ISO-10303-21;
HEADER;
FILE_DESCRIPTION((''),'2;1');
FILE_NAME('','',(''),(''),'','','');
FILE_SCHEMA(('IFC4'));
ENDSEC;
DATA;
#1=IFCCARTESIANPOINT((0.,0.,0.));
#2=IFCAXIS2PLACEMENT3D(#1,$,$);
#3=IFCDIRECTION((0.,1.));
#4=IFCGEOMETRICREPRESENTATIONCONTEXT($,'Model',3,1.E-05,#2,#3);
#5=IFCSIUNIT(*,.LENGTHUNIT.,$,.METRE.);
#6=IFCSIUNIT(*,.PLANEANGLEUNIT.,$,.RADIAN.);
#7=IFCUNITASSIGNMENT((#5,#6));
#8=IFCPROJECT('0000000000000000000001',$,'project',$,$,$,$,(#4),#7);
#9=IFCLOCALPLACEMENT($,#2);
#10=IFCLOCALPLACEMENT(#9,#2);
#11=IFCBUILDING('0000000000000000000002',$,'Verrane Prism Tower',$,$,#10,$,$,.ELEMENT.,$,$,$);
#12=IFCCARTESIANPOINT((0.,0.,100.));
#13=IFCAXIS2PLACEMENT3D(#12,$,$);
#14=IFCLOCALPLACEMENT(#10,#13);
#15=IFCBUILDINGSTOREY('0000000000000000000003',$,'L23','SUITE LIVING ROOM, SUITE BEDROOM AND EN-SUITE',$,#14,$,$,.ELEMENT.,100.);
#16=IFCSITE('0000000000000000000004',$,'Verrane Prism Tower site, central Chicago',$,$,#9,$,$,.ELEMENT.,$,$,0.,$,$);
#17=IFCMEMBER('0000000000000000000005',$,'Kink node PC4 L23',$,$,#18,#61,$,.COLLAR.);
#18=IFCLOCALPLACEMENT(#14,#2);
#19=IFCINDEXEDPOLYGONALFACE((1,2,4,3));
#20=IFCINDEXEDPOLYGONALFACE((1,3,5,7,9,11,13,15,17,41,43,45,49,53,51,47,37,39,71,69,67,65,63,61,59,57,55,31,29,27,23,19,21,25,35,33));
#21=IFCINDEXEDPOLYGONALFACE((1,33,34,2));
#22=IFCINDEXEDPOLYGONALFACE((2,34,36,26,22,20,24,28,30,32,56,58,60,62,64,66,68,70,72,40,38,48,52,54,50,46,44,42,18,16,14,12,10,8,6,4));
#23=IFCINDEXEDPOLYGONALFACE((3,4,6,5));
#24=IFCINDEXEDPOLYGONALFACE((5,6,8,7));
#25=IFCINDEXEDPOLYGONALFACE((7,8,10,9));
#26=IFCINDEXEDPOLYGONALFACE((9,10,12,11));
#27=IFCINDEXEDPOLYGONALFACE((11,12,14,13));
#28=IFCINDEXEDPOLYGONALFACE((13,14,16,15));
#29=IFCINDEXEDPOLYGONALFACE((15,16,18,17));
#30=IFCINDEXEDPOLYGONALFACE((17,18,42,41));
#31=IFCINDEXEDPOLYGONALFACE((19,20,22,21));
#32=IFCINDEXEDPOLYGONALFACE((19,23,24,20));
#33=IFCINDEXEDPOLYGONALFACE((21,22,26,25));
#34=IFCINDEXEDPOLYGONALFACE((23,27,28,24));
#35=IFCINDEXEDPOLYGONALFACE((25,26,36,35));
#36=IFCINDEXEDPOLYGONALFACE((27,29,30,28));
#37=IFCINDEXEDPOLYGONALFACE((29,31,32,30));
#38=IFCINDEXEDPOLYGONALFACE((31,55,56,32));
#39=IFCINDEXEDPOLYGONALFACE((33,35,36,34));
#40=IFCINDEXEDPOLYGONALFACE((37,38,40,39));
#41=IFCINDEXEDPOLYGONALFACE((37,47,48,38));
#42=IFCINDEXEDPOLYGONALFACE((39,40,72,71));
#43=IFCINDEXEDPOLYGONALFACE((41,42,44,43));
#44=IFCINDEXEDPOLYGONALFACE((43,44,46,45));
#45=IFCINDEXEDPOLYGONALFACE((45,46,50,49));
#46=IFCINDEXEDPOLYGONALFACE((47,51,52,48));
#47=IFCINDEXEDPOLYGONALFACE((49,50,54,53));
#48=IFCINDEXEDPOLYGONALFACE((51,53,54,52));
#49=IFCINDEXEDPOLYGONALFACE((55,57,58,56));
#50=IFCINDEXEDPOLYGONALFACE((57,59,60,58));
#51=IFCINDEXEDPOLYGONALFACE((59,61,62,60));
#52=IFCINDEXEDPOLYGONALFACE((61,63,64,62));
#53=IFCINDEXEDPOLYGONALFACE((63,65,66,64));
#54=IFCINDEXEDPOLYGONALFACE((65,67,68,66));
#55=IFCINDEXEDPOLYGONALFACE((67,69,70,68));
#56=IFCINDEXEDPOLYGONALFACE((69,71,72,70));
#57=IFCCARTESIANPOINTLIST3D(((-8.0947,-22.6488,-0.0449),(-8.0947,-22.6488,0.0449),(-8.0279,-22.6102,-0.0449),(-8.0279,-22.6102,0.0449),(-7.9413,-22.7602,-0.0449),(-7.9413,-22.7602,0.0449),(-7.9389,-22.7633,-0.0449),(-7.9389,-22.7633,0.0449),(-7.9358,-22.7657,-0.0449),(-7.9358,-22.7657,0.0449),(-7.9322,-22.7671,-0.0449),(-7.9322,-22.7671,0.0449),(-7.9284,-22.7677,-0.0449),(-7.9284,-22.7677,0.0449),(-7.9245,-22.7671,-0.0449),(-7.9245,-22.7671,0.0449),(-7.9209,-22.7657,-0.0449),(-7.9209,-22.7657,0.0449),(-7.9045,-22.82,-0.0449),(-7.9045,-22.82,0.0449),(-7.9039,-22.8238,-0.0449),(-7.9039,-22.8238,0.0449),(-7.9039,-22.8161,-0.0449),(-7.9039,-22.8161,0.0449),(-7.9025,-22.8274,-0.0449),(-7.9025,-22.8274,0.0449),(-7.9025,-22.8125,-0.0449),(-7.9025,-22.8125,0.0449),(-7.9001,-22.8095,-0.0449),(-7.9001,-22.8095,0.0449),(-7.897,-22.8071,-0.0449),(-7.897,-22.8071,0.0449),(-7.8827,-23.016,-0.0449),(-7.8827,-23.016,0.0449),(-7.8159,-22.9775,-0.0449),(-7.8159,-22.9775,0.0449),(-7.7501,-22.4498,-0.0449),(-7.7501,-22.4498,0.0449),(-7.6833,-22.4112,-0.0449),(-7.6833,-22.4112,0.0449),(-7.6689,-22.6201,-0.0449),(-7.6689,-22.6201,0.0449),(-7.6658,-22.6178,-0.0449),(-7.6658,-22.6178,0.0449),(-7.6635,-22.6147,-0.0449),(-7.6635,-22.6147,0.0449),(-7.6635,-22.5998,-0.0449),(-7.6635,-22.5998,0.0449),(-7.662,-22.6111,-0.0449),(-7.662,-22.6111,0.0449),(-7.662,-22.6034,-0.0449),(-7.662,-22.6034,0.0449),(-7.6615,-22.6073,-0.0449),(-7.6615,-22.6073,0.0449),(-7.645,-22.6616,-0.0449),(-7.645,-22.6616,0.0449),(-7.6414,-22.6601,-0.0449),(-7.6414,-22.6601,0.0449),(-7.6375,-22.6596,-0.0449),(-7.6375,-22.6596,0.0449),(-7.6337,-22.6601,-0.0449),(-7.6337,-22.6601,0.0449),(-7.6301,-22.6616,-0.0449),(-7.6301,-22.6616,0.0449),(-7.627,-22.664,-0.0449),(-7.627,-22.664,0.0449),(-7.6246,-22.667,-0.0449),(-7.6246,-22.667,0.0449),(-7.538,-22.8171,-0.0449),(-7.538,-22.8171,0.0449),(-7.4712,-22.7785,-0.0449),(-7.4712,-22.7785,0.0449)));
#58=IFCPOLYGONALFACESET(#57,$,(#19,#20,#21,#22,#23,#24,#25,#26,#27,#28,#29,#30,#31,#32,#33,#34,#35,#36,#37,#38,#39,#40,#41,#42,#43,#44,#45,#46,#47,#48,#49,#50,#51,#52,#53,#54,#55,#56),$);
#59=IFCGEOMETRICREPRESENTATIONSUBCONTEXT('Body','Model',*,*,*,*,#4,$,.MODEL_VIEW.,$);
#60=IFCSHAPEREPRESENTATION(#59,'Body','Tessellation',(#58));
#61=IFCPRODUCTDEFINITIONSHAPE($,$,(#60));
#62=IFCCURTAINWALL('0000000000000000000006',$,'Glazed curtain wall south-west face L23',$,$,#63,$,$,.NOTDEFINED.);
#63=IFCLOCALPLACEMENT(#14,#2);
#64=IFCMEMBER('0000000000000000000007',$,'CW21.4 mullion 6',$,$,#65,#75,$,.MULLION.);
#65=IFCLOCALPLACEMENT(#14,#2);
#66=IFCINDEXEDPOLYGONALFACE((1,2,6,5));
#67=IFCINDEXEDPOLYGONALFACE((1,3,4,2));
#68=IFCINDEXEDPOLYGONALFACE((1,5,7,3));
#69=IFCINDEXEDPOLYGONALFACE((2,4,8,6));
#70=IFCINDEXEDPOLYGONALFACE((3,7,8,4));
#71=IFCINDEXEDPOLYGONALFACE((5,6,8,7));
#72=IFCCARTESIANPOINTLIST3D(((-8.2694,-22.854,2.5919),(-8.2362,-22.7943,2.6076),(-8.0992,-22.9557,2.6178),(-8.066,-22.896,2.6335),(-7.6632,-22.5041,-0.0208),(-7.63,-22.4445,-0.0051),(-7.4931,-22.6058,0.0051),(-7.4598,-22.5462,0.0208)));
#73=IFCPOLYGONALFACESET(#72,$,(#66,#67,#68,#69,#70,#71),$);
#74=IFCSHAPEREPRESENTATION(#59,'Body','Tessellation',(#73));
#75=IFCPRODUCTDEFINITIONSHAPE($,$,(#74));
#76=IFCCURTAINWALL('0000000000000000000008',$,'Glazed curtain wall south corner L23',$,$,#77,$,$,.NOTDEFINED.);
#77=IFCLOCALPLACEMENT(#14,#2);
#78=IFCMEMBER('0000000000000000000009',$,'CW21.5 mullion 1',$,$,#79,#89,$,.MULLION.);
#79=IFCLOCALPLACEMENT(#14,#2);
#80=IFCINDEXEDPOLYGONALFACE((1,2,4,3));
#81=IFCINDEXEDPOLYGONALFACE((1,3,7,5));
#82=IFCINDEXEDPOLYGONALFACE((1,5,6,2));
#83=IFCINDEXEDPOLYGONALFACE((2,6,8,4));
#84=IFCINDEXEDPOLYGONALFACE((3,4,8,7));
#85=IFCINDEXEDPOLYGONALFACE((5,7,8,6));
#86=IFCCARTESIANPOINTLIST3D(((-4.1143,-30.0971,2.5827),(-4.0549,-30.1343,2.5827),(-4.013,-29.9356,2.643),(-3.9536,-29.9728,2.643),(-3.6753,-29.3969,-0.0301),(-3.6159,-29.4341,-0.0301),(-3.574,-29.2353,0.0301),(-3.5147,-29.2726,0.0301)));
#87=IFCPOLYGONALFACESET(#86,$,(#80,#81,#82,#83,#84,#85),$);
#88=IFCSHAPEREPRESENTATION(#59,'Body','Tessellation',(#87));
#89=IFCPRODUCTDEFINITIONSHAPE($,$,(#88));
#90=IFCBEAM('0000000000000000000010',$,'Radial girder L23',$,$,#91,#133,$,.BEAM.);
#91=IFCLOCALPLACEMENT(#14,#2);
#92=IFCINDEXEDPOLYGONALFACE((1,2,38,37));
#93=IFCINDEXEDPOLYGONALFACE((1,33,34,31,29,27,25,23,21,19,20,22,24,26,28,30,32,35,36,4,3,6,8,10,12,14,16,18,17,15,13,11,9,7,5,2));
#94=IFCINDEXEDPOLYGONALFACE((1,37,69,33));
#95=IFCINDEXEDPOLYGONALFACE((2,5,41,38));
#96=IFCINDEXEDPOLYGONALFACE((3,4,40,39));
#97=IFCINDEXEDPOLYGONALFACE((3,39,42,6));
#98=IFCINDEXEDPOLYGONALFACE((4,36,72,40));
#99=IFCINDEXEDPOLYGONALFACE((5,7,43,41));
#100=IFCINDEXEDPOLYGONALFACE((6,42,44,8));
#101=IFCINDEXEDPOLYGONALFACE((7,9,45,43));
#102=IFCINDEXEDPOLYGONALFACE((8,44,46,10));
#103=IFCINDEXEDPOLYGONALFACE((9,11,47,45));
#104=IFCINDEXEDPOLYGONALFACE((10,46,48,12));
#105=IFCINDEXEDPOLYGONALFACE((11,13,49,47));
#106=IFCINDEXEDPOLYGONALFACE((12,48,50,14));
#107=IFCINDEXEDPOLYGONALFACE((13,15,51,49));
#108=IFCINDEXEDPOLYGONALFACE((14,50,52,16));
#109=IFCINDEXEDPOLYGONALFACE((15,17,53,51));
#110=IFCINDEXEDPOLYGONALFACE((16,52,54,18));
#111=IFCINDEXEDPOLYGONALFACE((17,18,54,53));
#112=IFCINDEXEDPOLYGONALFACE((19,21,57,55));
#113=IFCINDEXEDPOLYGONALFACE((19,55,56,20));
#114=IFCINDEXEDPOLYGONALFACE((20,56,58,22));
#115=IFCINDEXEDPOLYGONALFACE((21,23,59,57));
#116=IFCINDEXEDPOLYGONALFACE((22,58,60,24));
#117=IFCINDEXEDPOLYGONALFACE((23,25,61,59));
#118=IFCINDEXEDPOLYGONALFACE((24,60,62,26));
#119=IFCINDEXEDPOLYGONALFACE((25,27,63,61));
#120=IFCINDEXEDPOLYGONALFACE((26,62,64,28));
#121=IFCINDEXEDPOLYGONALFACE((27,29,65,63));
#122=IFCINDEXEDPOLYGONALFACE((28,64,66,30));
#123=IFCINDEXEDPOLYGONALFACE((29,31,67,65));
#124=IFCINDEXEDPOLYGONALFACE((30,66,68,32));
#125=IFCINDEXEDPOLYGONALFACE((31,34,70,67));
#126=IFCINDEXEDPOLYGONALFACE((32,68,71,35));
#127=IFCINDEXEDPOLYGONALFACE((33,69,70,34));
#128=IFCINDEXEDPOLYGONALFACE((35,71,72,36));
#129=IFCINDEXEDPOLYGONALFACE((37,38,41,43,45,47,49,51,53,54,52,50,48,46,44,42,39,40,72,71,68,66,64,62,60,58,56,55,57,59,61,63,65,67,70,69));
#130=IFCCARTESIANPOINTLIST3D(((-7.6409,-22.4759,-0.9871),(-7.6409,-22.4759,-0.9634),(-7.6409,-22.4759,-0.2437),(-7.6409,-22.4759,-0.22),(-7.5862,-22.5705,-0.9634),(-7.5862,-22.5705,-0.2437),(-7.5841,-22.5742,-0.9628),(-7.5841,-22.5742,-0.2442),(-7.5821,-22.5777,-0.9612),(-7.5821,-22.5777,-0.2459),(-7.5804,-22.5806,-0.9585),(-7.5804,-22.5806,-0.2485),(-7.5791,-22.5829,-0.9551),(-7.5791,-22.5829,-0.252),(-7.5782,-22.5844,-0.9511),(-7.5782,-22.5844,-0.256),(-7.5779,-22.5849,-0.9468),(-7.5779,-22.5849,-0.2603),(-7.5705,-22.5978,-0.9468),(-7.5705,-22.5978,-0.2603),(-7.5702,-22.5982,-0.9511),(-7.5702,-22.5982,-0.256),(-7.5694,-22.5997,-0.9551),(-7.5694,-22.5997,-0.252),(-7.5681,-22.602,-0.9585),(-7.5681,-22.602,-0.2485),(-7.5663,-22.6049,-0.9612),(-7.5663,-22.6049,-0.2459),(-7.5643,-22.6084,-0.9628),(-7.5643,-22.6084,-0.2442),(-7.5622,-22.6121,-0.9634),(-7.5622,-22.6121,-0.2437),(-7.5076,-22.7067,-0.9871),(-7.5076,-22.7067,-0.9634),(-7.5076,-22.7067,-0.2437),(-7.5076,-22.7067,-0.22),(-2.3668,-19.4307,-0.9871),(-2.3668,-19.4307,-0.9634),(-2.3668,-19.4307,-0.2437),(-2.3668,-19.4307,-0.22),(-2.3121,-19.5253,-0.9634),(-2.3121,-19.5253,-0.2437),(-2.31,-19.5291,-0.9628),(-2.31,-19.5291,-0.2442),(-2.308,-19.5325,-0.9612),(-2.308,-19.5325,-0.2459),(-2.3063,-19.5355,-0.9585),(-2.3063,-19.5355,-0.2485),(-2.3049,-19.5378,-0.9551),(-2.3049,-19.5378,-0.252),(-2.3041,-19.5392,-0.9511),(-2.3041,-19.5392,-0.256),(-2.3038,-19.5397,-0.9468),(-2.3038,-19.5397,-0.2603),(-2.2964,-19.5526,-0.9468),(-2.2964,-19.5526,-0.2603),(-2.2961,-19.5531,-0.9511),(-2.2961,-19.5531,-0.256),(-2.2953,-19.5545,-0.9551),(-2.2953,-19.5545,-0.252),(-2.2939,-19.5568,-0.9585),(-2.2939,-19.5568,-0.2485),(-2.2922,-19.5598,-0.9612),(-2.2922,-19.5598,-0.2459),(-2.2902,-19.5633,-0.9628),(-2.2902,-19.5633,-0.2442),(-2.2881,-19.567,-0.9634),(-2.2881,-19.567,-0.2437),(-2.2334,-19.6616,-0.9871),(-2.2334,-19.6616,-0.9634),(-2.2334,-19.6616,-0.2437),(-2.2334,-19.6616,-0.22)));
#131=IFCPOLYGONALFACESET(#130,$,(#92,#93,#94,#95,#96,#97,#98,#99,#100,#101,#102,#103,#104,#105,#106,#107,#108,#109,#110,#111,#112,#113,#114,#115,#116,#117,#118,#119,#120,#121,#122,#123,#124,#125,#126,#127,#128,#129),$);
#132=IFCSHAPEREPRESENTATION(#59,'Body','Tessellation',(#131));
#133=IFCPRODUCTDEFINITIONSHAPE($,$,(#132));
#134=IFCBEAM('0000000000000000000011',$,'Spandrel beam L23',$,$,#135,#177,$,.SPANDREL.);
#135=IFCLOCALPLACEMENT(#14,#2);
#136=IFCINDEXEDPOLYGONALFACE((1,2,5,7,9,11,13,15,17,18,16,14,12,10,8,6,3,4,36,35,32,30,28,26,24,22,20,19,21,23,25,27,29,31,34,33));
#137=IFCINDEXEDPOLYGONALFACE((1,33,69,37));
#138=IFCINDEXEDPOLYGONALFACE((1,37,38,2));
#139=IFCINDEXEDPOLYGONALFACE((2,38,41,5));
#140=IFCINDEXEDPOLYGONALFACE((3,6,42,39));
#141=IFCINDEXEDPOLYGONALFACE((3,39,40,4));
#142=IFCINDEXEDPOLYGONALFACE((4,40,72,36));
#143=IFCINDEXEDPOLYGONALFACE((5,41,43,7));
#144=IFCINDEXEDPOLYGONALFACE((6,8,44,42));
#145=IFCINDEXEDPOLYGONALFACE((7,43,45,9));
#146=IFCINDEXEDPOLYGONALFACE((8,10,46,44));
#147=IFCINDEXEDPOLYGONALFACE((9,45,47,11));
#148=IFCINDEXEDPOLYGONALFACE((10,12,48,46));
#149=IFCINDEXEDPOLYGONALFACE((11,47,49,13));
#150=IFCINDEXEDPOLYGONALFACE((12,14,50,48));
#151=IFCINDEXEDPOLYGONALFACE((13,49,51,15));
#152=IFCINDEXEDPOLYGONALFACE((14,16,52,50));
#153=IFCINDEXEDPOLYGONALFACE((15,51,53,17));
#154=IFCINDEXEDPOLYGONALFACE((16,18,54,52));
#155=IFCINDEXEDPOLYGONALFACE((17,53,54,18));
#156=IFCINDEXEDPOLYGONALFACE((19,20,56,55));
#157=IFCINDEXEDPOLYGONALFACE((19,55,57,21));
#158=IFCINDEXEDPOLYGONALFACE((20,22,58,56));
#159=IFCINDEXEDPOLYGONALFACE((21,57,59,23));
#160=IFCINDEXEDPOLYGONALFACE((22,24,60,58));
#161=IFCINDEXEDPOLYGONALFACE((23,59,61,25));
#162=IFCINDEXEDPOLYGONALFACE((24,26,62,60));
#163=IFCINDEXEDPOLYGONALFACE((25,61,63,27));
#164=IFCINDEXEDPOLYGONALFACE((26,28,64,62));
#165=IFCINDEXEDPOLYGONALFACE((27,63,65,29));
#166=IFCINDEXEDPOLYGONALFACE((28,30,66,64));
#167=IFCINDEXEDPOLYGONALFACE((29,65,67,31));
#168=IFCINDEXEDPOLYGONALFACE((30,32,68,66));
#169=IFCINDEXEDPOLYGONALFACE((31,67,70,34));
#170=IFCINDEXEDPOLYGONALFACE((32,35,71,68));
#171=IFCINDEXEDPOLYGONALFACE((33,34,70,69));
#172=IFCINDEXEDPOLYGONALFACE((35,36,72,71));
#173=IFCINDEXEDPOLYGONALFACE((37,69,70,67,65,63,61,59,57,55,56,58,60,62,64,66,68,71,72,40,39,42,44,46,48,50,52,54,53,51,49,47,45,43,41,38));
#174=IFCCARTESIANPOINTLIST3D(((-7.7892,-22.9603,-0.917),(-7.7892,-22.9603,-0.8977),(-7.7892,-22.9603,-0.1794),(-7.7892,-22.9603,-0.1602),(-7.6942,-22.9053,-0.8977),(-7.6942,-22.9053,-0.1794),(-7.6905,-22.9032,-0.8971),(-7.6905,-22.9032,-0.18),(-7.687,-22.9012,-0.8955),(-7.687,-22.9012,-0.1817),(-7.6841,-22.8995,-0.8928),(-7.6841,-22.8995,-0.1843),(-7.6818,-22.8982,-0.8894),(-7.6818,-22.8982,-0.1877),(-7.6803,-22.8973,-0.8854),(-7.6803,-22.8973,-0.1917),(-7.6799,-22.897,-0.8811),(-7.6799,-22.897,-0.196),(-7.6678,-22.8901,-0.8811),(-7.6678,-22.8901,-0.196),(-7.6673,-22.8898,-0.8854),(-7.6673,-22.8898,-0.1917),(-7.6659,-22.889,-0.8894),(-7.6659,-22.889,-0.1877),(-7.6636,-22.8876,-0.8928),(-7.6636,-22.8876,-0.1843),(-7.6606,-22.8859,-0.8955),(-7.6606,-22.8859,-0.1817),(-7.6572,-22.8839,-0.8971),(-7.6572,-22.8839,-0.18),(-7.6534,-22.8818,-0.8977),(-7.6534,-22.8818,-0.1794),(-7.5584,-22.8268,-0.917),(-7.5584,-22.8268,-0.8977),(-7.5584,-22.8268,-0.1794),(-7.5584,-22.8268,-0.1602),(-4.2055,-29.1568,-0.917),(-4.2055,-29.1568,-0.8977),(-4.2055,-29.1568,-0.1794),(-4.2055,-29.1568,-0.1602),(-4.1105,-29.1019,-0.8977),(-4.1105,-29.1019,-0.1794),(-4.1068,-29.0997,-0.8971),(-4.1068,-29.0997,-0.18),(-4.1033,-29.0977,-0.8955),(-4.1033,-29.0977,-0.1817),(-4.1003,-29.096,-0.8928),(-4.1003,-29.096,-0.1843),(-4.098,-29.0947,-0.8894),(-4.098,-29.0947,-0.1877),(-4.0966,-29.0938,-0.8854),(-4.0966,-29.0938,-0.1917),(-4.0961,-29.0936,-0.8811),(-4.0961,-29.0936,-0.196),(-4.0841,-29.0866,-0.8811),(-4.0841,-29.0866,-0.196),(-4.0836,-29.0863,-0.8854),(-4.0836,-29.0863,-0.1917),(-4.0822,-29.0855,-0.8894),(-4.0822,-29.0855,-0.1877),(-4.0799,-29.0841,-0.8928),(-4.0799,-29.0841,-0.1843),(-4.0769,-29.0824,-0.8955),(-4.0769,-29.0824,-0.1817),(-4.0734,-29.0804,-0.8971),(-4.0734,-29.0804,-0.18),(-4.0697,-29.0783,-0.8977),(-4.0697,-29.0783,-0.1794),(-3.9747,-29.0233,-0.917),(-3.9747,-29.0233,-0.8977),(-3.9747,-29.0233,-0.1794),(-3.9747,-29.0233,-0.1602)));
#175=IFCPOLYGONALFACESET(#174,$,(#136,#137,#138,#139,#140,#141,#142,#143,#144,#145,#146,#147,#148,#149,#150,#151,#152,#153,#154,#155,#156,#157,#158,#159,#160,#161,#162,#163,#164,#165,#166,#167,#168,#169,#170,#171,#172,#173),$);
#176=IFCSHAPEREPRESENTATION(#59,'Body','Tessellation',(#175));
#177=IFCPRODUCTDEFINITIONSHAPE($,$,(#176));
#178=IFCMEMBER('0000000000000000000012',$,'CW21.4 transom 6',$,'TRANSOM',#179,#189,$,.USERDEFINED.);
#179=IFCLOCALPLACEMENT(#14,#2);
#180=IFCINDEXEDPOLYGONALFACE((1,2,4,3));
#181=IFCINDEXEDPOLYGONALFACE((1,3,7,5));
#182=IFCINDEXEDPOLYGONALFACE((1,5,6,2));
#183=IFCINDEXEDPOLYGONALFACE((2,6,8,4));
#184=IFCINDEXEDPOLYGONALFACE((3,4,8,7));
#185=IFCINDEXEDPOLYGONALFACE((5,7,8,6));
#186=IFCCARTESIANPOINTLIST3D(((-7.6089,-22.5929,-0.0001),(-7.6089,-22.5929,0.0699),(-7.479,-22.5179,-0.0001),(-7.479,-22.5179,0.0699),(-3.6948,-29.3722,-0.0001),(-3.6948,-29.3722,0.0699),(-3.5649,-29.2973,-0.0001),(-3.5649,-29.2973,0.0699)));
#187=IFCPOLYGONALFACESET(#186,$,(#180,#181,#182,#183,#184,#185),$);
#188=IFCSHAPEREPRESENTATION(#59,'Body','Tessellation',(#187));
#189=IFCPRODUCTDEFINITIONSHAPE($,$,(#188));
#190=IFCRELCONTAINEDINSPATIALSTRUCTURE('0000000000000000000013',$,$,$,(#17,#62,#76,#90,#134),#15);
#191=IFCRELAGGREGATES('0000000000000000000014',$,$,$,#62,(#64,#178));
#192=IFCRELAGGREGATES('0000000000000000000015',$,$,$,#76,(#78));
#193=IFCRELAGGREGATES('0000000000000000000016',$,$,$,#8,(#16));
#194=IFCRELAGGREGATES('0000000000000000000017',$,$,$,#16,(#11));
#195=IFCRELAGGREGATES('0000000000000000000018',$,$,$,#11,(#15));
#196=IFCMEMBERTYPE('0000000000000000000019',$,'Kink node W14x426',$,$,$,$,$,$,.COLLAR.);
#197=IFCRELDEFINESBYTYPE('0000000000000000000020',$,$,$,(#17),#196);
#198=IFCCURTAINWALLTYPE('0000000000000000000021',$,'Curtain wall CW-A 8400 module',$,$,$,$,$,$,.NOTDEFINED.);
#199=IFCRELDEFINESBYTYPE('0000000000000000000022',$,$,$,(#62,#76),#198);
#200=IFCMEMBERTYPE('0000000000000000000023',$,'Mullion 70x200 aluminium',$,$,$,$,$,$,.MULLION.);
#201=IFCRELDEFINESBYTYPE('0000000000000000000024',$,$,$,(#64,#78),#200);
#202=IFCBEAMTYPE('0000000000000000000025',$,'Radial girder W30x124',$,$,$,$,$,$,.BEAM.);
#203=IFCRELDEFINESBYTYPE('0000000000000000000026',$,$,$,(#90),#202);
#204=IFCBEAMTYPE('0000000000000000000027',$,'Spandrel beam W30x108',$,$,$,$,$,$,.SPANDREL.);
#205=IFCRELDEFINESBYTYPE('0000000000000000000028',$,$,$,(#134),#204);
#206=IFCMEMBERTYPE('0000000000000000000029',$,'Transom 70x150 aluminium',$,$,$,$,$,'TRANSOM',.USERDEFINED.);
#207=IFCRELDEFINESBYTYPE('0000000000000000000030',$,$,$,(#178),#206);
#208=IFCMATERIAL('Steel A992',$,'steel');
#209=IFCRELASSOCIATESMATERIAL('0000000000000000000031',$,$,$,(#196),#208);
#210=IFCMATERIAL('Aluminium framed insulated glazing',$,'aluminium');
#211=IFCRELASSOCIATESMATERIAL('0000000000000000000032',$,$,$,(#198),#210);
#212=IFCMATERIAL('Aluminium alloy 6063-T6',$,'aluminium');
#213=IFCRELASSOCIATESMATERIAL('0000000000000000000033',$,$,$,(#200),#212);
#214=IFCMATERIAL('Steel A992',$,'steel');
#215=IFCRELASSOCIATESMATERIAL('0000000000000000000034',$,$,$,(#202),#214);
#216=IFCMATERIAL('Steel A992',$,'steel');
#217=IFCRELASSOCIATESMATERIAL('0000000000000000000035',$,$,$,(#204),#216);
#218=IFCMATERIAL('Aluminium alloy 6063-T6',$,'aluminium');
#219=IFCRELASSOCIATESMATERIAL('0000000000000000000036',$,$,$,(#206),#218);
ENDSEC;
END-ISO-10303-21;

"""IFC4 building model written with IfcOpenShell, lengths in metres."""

from ifc_helpers import new_model, si_unit, direction, frame, origin, origin_2d, place, context, subcontext, project, spatial, rectangle, i_section, extrude, material, material_profile, profile_set, type_object, element, aggregate, save


model = new_model("IFC4")

# Units and contexts
model_context = context("Model", 3, precision=1e-05, world=origin(), true_north=direction((0.0, 1.0)))
body_context = subcontext(model_context, "Body", "Model", "MODEL_VIEW")
ifc_project = project(units=[si_unit("LENGTHUNIT", "METRE"), si_unit("PLANEANGLEUNIT", "RADIAN")], contexts=[model_context])

# Site, building, storey
site_placement = place(None, origin())
site = spatial("IfcSite", under=ifc_project, at=site_placement, Name="Verrane Prism Tower site, central Chicago", CompositionType="ELEMENT", RefElevation=0.0)
building_placement = place(site_placement, origin())
building = spatial("IfcBuilding", under=site, at=building_placement, Name="Verrane Prism Tower", CompositionType="ELEMENT")
storey_placement = place(building_placement, frame((0.0, 0.0, 100.0)))
storey = spatial("IfcBuildingStorey", under=building, at=storey_placement, Name="L23", Description="SUITE LIVING ROOM, SUITE BEDROOM AND EN-SUITE", CompositionType="ELEMENT", Elevation=100.0)

# Member
ifc_material_1 = material(Name="Steel A992", Category="steel")
ifc_material_profile_1 = material_profile(ifc_material_1, i_section(OverallWidth=0.4241, OverallDepth=0.4751, WebThickness=0.0479, FlangeThickness=0.0771, FilletRadius=0.0149, at=origin_2d()), Name="W14x426")
ifc_profile_set_1 = profile_set([ifc_material_profile_1], Name="Steel A992")
member_type_1 = type_object("IfcMemberType", Name="Kink node W14x426", PredefinedType="COLLAR", material=ifc_profile_set_1)
member_1_placement = place(storey_placement, frame((-7.783, -22.7136, -0.0449), z_axis=(0.0, 0.0, 1.0), x_axis=(-0.5, 0.866025, 0.0)))
element("IfcMember", 1, at=member_1_placement, inside=storey, type_object=member_type_1, Name="Kink node PC4 L23", PredefinedType="COLLAR", context=body_context, shape_type="SweptSolid", body=[
    extrude(i_section(OverallWidth=0.4241, OverallDepth=0.4751, WebThickness=0.0479, FlangeThickness=0.0771, FilletRadius=0.0149, at=origin_2d()), origin(), (0.0, 0.0, 1.0), 0.0898),
])

# Curtain walls, members
ifc_material_2 = material(Name="Aluminium framed insulated glazing", Category="aluminium")
curtain_wall_type = type_object("IfcCurtainWallType", Name="Curtain wall CW-A 8400 module", PredefinedType="NOTDEFINED", material=ifc_material_2)
curtain_wall_1_placement = place(storey_placement, origin())
curtain_wall_1 = element("IfcCurtainWall", 2, at=curtain_wall_1_placement, inside=storey, type_object=curtain_wall_type, Name="Glazed curtain wall south-west face L23", PredefinedType="NOTDEFINED")
ifc_material_3 = material(Name="Aluminium alloy 6063-T6", Category="aluminium")
ifc_material_profile_2 = material_profile(ifc_material_3, rectangle(XDim=0.2, YDim=0.0701, at=origin_2d()), Name="Mullion 70x200 aluminium")
ifc_profile_set_2 = profile_set([ifc_material_profile_2], Name="Aluminium alloy 6063-T6")
member_type_2 = type_object("IfcMemberType", Name="Mullion 70x200 aluminium", PredefinedType="MULLION", material=ifc_profile_set_2)
member_2_placement = place(storey_placement, frame((-7.5615, -22.5251, 0.0), z_axis=(-0.224111, -0.12934, 0.965943), x_axis=(0.851192, -0.508659, 0.129378)))
member_2 = element("IfcMember", 3, at=member_2_placement, type_object=member_type_2, Name="CW21.4 mullion 6", PredefinedType="MULLION", context=body_context, shape_type="SweptSolid", body=[
    extrude(rectangle(XDim=0.2, YDim=0.0701, at=origin_2d()), origin(), (0.0, 0.0, 1.0), 2.7048),
])
curtain_wall_2_placement = place(storey_placement, origin())
curtain_wall_2 = element("IfcCurtainWall", 4, at=curtain_wall_2_placement, inside=storey, type_object=curtain_wall_type, Name="Glazed curtain wall south corner L23", PredefinedType="NOTDEFINED")
member_3_placement = place(storey_placement, frame((-3.595, -29.3347, 0.0), z_axis=(-0.160184, -0.255511, 0.953444), x_axis=(0.506438, 0.807822, 0.301571)))
member_3 = element("IfcMember", 5, at=member_3_placement, type_object=member_type_2, Name="CW21.5 mullion 1", PredefinedType="MULLION", context=body_context, shape_type="SweptSolid", body=[
    extrude(rectangle(XDim=0.2, YDim=0.0701, at=origin_2d()), origin(), (0.0, 0.0, 1.0), 2.7405),
])

# Beams
ifc_material_4 = material(Name="Steel A992", Category="steel")
ifc_material_profile_3 = material_profile(ifc_material_4, i_section(OverallWidth=0.2666, OverallDepth=0.7671, WebThickness=0.0149, FlangeThickness=0.0237, FilletRadius=0.0166, at=origin_2d()), Name="W30x124")
ifc_profile_set_3 = profile_set([ifc_material_profile_3], Name="Steel A992")
beam_type_1 = type_object("IfcBeamType", Name="Radial girder W30x124", PredefinedType="BEAM", material=ifc_profile_set_3)
beam_1_placement = place(storey_placement, frame((-7.5742, -22.5913, -0.6035), z_axis=(0.866017, 0.500015, 0.0), x_axis=(-0.500015, 0.866017, 0.0)))
element("IfcBeam", 6, at=beam_1_placement, inside=storey, type_object=beam_type_1, Name="Radial girder L23", PredefinedType="BEAM", context=body_context, shape_type="SweptSolid", body=[
    extrude(i_section(OverallWidth=0.2666, OverallDepth=0.7671, WebThickness=0.0149, FlangeThickness=0.0237, FilletRadius=0.0166, at=origin_2d()), origin(), (0.0, 0.0, 1.0), 6.0901),
])
ifc_material_5 = material(Name="Steel A992", Category="steel")
ifc_material_profile_4 = material_profile(ifc_material_5, i_section(OverallWidth=0.2666, OverallDepth=0.7568, WebThickness=0.0139, FlangeThickness=0.0193, FilletRadius=0.0166, at=origin_2d()), Name="W30x108")
ifc_profile_set_4 = profile_set([ifc_material_profile_4], Name="Steel A992")
beam_type_2 = type_object("IfcBeamType", Name="Spandrel beam W30x108", PredefinedType="SPANDREL", material=ifc_profile_set_4)
beam_2_placement = place(storey_placement, frame((-7.6738, -22.8936, -0.5386), z_axis=(0.500646, -0.865652, 0.0), x_axis=(0.865652, 0.500646, 0.0)))
element("IfcBeam", 7, at=beam_2_placement, inside=storey, type_object=beam_type_2, Name="Spandrel beam L23", PredefinedType="SPANDREL", context=body_context, shape_type="SweptSolid", body=[
    extrude(i_section(OverallWidth=0.2666, OverallDepth=0.7568, WebThickness=0.0139, FlangeThickness=0.0193, FilletRadius=0.0166, at=origin_2d()), origin(), (0.0, 0.0, 1.0), 7.1582),
])

# Member
ifc_material_6 = material(Name="Aluminium alloy 6063-T6", Category="aluminium")
ifc_material_profile_5 = material_profile(ifc_material_6, rectangle(XDim=0.1499, YDim=0.0701, at=origin_2d()), Name="Transom 70x150 aluminium")
ifc_profile_set_5 = profile_set([ifc_material_profile_5], Name="Aluminium alloy 6063-T6")
member_type_3 = type_object("IfcMemberType", Name="Transom 70x150 aluminium", ElementType="TRANSOM", PredefinedType="USERDEFINED", material=ifc_profile_set_5)
member_4_placement = place(storey_placement, frame((-7.5439, -22.5554, 0.0349), z_axis=(0.500003, -0.866024, 0.0), x_axis=(0.866024, 0.500003, 0.0)))
member_4 = element("IfcMember", 8, at=member_4_placement, type_object=member_type_3, Name="CW21.4 transom 6", ObjectType="TRANSOM", PredefinedType="USERDEFINED", context=body_context, shape_type="SweptSolid", body=[
    extrude(rectangle(XDim=0.1499, YDim=0.0701, at=origin_2d()), origin(), (0.0, 0.0, 1.0), 7.8281),
])

aggregate(curtain_wall_1, [member_2, member_4])
aggregate(curtain_wall_2, [member_3])

save(model, "model.ifc")
